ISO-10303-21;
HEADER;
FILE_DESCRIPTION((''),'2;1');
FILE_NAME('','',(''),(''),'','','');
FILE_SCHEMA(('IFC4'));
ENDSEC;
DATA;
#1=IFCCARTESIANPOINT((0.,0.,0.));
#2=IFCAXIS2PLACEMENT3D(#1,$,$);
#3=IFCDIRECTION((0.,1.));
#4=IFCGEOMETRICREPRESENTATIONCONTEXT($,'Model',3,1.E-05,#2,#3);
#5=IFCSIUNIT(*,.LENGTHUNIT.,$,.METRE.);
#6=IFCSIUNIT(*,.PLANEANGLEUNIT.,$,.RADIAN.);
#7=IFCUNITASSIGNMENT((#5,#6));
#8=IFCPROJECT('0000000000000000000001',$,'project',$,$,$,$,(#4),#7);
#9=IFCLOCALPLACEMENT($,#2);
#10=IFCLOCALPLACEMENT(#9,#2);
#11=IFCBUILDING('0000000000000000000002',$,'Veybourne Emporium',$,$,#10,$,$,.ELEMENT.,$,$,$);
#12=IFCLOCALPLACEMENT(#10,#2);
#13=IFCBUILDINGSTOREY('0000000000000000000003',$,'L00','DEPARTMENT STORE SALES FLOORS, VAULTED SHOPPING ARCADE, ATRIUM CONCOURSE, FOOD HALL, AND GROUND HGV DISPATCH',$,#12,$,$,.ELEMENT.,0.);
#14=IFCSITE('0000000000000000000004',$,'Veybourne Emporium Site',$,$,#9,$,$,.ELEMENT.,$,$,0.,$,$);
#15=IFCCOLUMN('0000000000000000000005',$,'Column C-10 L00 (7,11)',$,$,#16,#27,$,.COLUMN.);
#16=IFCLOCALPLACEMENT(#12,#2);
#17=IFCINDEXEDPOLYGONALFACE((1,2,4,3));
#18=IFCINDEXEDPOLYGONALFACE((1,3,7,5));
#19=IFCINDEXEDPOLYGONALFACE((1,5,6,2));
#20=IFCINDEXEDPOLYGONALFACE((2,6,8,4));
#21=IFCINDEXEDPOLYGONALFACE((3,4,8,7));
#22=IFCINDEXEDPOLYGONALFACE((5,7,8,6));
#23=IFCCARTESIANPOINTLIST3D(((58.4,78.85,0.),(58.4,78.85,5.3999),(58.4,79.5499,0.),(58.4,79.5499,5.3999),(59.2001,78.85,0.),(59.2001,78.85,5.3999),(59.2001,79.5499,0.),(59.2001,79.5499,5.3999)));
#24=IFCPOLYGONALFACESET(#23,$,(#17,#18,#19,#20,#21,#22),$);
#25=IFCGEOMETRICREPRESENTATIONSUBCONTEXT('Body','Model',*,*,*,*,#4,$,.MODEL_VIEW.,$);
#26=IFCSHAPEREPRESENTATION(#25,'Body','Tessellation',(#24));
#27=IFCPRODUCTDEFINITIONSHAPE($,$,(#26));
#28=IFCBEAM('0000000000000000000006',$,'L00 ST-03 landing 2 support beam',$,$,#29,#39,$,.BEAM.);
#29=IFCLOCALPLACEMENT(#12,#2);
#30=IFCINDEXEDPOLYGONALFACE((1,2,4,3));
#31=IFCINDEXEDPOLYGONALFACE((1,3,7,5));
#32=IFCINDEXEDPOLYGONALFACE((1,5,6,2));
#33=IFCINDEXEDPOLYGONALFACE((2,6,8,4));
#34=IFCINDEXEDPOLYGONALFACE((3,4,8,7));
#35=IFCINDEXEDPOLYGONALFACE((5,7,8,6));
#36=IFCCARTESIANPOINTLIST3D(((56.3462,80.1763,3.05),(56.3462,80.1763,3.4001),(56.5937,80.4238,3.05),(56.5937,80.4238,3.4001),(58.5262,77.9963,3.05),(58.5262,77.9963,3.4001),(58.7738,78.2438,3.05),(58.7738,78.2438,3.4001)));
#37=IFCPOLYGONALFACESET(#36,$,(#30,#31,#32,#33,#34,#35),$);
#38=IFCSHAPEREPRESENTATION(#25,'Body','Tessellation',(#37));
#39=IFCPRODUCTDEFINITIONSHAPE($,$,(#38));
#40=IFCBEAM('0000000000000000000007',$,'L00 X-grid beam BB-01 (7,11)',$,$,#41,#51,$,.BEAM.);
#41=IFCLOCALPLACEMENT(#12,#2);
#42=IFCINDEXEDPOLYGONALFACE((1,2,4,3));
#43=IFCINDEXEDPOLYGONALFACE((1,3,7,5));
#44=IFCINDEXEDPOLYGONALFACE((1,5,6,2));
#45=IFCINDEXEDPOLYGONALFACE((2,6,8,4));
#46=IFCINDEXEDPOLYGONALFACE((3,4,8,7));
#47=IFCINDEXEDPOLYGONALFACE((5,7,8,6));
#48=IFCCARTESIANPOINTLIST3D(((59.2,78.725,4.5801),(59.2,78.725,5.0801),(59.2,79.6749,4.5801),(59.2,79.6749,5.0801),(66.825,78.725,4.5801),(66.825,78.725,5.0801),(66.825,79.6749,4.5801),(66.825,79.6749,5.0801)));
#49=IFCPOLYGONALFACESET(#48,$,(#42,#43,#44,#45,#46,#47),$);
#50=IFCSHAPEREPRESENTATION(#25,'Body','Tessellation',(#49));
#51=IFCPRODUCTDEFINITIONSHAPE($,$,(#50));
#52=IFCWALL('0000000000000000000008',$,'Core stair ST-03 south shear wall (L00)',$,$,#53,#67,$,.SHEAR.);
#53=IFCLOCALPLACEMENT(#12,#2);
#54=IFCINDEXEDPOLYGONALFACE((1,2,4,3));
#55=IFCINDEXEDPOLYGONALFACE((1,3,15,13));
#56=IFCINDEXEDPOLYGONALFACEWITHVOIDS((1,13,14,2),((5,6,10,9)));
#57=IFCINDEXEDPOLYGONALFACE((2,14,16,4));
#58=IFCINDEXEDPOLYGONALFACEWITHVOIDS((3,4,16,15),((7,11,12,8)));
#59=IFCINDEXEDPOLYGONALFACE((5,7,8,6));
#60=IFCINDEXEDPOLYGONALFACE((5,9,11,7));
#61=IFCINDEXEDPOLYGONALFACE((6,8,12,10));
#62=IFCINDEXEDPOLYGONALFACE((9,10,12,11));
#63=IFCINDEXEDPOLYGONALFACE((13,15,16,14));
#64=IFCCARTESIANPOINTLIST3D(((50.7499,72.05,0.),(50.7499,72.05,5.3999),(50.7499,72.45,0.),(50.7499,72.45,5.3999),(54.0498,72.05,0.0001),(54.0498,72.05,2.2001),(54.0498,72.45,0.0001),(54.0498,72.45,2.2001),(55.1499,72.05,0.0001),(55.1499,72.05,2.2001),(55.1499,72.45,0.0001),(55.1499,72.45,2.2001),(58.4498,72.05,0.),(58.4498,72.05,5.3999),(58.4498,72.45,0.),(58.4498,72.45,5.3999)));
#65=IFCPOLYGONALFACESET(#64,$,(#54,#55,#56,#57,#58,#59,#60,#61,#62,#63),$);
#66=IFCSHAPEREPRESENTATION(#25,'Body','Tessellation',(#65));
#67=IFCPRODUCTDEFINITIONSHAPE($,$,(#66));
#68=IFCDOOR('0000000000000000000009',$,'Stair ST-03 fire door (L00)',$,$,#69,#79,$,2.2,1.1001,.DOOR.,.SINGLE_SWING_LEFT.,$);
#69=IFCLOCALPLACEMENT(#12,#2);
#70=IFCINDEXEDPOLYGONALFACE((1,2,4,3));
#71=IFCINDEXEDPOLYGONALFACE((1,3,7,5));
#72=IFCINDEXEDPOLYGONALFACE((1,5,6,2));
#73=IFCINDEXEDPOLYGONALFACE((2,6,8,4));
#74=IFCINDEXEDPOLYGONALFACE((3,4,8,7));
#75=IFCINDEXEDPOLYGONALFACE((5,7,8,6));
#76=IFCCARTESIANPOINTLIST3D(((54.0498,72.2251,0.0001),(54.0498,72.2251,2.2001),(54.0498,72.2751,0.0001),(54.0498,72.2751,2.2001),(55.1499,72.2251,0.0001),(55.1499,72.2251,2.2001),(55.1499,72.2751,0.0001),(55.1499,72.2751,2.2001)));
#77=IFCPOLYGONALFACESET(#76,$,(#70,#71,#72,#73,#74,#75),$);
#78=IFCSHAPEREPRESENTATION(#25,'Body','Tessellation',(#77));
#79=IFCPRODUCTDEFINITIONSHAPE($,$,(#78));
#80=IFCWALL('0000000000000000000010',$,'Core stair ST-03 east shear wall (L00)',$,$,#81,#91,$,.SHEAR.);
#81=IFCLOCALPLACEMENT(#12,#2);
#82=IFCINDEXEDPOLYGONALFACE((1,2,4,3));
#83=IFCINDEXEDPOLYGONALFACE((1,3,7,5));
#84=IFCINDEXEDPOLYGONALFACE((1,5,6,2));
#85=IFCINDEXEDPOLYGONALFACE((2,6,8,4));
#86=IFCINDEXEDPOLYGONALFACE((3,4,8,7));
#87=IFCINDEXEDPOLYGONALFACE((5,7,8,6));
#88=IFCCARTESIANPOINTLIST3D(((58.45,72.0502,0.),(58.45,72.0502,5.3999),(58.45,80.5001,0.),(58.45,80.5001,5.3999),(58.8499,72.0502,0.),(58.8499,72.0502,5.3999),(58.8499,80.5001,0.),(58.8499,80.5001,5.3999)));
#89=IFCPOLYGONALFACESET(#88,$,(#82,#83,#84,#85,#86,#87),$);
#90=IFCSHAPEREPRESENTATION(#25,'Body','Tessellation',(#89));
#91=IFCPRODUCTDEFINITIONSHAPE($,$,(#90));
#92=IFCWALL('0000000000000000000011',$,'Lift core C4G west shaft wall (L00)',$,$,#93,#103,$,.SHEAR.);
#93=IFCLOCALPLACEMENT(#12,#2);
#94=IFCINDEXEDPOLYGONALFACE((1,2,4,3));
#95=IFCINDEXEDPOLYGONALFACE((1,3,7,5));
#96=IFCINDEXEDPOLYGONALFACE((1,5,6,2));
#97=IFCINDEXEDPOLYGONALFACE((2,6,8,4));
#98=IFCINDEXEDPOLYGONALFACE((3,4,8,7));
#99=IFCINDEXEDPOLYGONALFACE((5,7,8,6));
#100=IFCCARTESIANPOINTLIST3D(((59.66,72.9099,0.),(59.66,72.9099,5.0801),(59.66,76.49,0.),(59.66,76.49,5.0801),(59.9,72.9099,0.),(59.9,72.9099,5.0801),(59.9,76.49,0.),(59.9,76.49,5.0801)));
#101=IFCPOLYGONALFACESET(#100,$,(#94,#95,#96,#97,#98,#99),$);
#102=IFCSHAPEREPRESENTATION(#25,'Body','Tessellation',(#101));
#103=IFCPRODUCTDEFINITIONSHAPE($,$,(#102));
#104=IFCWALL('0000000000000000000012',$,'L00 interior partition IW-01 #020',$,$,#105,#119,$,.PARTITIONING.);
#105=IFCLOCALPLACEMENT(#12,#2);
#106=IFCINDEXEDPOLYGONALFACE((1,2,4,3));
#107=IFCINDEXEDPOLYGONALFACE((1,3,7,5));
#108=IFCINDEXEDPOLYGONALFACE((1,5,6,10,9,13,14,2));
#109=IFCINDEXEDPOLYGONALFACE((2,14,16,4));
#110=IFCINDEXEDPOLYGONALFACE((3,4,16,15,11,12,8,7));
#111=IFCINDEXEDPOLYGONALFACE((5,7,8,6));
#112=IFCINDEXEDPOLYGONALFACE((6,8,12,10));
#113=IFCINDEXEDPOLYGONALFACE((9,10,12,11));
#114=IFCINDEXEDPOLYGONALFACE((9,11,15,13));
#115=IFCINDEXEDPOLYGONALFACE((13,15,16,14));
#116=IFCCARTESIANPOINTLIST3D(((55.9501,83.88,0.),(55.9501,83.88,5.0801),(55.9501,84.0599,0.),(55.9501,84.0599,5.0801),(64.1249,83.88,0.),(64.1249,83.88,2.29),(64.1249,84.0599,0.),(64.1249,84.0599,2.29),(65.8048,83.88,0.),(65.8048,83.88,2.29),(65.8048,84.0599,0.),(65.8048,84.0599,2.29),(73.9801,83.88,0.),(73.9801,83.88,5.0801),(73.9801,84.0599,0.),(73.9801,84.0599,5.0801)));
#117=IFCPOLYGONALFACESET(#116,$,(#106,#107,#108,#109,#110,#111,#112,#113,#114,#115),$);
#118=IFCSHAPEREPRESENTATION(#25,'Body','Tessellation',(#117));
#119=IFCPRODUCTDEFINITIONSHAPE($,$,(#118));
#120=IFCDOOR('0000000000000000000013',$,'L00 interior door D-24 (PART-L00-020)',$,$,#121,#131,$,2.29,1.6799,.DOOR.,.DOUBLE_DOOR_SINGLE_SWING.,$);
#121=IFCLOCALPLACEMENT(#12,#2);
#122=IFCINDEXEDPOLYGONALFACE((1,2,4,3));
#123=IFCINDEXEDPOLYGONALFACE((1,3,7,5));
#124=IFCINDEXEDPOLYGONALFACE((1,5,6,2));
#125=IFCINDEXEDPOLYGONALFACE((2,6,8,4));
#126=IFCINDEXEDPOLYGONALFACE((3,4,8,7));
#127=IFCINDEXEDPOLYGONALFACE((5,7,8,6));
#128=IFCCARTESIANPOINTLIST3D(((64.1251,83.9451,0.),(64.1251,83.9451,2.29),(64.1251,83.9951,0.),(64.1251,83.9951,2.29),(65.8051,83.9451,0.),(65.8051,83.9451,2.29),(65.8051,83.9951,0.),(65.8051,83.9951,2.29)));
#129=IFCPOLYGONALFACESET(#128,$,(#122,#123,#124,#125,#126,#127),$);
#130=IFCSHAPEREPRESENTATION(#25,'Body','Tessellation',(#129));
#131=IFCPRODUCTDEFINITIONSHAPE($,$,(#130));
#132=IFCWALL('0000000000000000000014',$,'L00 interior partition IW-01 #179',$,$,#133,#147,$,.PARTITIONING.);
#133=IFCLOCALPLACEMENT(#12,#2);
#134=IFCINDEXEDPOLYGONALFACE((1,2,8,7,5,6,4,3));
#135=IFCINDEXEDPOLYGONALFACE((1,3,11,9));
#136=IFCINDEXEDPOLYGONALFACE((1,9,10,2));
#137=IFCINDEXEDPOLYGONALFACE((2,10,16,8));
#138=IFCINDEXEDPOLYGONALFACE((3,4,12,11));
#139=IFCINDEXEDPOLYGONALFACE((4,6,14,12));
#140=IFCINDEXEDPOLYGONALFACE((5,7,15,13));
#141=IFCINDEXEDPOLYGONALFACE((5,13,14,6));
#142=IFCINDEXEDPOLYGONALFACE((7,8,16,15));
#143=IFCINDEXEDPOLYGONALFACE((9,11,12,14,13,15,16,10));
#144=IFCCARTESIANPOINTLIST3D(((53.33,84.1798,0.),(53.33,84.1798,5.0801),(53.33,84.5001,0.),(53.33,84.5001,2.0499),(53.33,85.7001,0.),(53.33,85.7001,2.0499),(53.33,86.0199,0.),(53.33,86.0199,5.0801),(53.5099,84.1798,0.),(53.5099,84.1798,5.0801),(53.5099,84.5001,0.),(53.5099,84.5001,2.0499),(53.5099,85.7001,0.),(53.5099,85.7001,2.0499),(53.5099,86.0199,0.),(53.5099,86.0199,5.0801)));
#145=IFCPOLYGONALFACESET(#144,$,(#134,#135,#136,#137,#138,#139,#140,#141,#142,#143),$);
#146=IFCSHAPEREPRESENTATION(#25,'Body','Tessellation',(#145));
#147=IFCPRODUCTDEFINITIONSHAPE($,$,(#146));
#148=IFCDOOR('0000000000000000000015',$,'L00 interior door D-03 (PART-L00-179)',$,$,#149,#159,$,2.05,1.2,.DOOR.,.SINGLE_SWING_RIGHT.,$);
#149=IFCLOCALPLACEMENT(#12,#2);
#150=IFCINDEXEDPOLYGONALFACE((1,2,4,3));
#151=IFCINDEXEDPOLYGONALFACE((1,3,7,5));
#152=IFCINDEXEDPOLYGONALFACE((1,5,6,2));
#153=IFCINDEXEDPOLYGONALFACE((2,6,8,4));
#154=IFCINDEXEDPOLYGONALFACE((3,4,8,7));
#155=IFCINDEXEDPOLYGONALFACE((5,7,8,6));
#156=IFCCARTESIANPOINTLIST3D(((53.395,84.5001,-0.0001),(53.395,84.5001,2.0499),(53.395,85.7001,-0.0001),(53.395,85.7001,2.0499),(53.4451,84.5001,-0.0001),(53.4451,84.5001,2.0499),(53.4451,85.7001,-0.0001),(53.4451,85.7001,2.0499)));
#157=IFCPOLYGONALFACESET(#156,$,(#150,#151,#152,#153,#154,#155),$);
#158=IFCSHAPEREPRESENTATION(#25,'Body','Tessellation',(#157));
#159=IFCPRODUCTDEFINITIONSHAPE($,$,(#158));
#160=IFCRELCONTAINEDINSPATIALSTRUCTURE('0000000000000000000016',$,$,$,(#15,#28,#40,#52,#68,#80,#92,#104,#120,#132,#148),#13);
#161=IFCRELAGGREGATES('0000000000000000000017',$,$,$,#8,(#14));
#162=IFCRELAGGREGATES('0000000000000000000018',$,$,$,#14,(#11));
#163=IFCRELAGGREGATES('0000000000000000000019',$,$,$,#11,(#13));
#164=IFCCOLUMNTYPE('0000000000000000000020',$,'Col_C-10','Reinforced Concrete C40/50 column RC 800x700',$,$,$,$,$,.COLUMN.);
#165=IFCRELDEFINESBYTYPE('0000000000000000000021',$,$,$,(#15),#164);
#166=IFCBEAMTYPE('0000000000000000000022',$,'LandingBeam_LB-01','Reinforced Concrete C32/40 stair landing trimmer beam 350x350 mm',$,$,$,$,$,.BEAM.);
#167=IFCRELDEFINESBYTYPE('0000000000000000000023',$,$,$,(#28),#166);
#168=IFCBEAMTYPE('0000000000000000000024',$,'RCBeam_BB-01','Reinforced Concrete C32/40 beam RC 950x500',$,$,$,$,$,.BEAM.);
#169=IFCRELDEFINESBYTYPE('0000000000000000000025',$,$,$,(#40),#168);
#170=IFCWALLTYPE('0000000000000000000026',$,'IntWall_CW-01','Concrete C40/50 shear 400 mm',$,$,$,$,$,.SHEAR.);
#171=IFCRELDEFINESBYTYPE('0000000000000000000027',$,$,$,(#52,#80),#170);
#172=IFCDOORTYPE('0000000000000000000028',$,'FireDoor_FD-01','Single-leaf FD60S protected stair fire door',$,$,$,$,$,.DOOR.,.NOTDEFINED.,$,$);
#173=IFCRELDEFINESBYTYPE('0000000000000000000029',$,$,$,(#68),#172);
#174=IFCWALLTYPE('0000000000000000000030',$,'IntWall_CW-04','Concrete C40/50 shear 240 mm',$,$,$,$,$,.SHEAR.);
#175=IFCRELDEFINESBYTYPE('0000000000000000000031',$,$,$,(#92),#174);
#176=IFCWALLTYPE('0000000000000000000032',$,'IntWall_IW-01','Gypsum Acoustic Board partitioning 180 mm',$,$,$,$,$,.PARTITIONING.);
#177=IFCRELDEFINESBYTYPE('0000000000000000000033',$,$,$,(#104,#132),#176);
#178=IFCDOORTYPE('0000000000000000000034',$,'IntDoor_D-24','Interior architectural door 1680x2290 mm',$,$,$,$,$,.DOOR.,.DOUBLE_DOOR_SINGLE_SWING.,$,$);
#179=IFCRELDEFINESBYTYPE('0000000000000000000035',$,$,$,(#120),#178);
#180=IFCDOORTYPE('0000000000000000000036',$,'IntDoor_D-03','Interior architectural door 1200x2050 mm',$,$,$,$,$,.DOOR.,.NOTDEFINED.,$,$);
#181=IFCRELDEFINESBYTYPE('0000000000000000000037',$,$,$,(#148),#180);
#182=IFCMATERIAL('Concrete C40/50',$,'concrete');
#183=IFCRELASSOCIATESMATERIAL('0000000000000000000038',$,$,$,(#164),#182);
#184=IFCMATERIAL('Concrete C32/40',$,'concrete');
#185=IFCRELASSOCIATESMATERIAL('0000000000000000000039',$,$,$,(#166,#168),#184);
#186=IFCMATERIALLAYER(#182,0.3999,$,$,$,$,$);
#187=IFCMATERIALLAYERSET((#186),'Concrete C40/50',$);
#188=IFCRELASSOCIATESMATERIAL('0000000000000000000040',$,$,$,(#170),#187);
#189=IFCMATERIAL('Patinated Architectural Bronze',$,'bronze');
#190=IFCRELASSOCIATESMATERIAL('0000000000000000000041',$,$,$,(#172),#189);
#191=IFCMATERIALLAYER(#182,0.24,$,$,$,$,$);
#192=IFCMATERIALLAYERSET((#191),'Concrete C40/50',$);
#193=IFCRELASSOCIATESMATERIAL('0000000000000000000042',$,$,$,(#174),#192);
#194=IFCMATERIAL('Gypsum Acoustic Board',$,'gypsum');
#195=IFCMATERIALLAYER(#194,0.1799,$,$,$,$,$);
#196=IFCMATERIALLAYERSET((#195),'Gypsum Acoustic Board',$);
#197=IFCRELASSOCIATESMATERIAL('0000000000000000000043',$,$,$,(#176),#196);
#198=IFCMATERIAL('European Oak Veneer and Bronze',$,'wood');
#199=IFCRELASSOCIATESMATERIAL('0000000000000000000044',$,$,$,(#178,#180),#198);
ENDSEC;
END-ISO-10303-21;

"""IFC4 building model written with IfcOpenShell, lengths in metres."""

from ifc_helpers import new_model, si_unit, direction, frame, frame_2d, origin, origin_2d, place, context, subcontext, project, spatial, rectangle, extrude, material, layer, layer_set, material_profile, profile_set, type_object, element, fill, save


model = new_model("IFC4")

# Units and contexts
model_context = context("Model", 3, precision=1e-05, world=origin(), true_north=direction((0.0, 1.0)))
body_context = subcontext(model_context, "Body", "Model", "MODEL_VIEW")
ifc_project = project(units=[si_unit("LENGTHUNIT", "METRE"), si_unit("PLANEANGLEUNIT", "RADIAN")], contexts=[model_context])

# Site, building, storey
site_placement = place(None, origin())
site = spatial("IfcSite", under=ifc_project, at=site_placement, Name="Veybourne Emporium Site", CompositionType="ELEMENT", RefElevation=0.0)
building_placement = place(site_placement, origin())
building = spatial("IfcBuilding", under=site, at=building_placement, Name="Veybourne Emporium", CompositionType="ELEMENT")
storey_placement = place(building_placement, origin())
storey = spatial("IfcBuildingStorey", under=building, at=storey_placement, Name="L00", Description="DEPARTMENT STORE SALES FLOORS, VAULTED SHOPPING ARCADE, ATRIUM CONCOURSE, FOOD HALL, AND GROUND HGV DISPATCH", CompositionType="ELEMENT", Elevation=0.0)

# Column
ifc_material_1 = material(Name="Concrete C40/50", Category="concrete")
ifc_material_profile_1 = material_profile(ifc_material_1, rectangle(XDim=0.8, YDim=0.7, at=origin_2d()), Name="RC 800x700")
ifc_profile_set_1 = profile_set([ifc_material_profile_1], Name="Concrete C40/50")
column_type = type_object("IfcColumnType", Name="Col_C-10", Description="Reinforced Concrete C40/50 column RC 800x700", PredefinedType="COLUMN", material=ifc_profile_set_1)
column_placement = place(storey_placement, frame((58.8, 79.2, 0.0), z_axis=(0.0, 0.0, 1.0), x_axis=(1.0, 0.0, 0.0)))
element("IfcColumn", 1, at=column_placement, inside=storey, type_object=column_type, Name="Column C-10 L00 (7,11)", PredefinedType="COLUMN", context=body_context, shape_type="SweptSolid", body=[
    extrude(rectangle(XDim=0.8, YDim=0.7, at=origin_2d()), origin(), (0.0, 0.0, 1.0), 5.3999),
])

# Beams
ifc_material_2 = material(Name="Concrete C32/40", Category="concrete")
ifc_material_profile_2 = material_profile(ifc_material_2, rectangle(XDim=0.3501, YDim=0.3501, at=origin_2d()), Name="RC 350x350")
ifc_profile_set_2 = profile_set([ifc_material_profile_2], Name="Concrete C32/40")
beam_type_1 = type_object("IfcBeamType", Name="LandingBeam_LB-01", Description="Reinforced Concrete C32/40 stair landing trimmer beam 350x350 mm", PredefinedType="BEAM", material=ifc_profile_set_2)
beam_1_placement = place(storey_placement, frame((56.47, 80.3, 3.2251), z_axis=(0.707107, -0.707107, 0.0), x_axis=(0.707107, 0.707107, 0.0)))
element("IfcBeam", 2, at=beam_1_placement, inside=storey, type_object=beam_type_1, Name="L00 ST-03 landing 2 support beam", PredefinedType="BEAM", context=body_context, shape_type="SweptSolid", body=[
    extrude(rectangle(XDim=0.3501, YDim=0.3501, at=origin_2d()), origin(), (0.0, 0.0, 1.0), 3.083),
])
ifc_material_profile_3 = material_profile(ifc_material_2, rectangle(XDim=0.95, YDim=0.5, at=origin_2d()), Name="RC 950x500")
ifc_profile_set_3 = profile_set([ifc_material_profile_3], Name="Concrete C32/40")
beam_type_2 = type_object("IfcBeamType", Name="RCBeam_BB-01", Description="Reinforced Concrete C32/40 beam RC 950x500", PredefinedType="BEAM", material=ifc_profile_set_3)
beam_2_placement = place(storey_placement, frame((59.2, 79.2, 4.8301), z_axis=(1.0, 0.0, 0.0), x_axis=(0.0, 1.0, 0.0)))
element("IfcBeam", 3, at=beam_2_placement, inside=storey, type_object=beam_type_2, Name="L00 X-grid beam BB-01 (7,11)", PredefinedType="BEAM", context=body_context, shape_type="SweptSolid", body=[
    extrude(rectangle(XDim=0.95, YDim=0.5, at=origin_2d()), origin(), (0.0, 0.0, 1.0), 7.625),
])

# Wall, opening, door
ifc_layer_1 = layer(ifc_material_1, 0.3999)
ifc_layer_set_1 = layer_set([ifc_layer_1], Name="Concrete C40/50")
wall_type_1 = type_object("IfcWallType", Name="IntWall_CW-01", Description="Concrete C40/50 shear 400 mm", PredefinedType="SHEAR", material=ifc_layer_set_1)
wall_1_placement = place(storey_placement, frame((58.45, 72.25, 0.0), z_axis=(0.0, 0.0, 1.0), x_axis=(-1.0, 0.0, 0.0)))
wall_1 = element("IfcWall", 4, at=wall_1_placement, inside=storey, type_object=wall_type_1, Name="Core stair ST-03 south shear wall (L00)", PredefinedType="SHEAR", context=body_context, shape_type="SweptSolid", body=[
    extrude(rectangle(XDim=7.7, YDim=0.3999, at=frame_2d((3.8501, 0.0))), origin(), (0.0, 0.0, 1.0), 5.3999),
])
opening_1_placement = place(wall_1_placement, frame((3.3, 0.0, 0.0)))
opening_1 = element("IfcOpeningElement", 5, at=opening_1_placement, cuts=wall_1, PredefinedType="OPENING", context=body_context, shape_type="SweptSolid", body=[
    extrude(rectangle(XDim=1.1001, YDim=2.2, at=frame_2d((0.55, 1.1001))), frame((0.0, 0.22, 0.0), z_axis=(0.0, -1.0, 0.0), x_axis=(1.0, 0.0, 0.0)), (0.0, 0.0, 1.0), 0.4399),
])
ifc_material_3 = material(Name="Patinated Architectural Bronze", Category="bronze")
door_type_1 = type_object("IfcDoorType", Name="FireDoor_FD-01", Description="Single-leaf FD60S protected stair fire door", OperationType="NOTDEFINED", PredefinedType="DOOR", material=ifc_material_3)
door_1_placement = place(opening_1_placement, origin())
door_1 = element("IfcDoor", 6, at=door_1_placement, inside=storey, type_object=door_type_1, Name="Stair ST-03 fire door (L00)", OperationType="SINGLE_SWING_LEFT", OverallHeight=2.2, OverallWidth=1.1001, PredefinedType="DOOR", context=body_context, shape_type="SweptSolid", body=[
    extrude(rectangle(XDim=1.1001, YDim=2.2, at=frame_2d((0.55, 1.1001))), frame((0.0, 0.0249, 0.0), z_axis=(0.0, -1.0, 0.0), x_axis=(1.0, 0.0, 0.0)), (0.0, 0.0, 1.0), 0.05),
])
fill(opening_1, door_1)

# Walls
wall_2_placement = place(storey_placement, frame((58.6499, 72.05, 0.0), z_axis=(0.0, 0.0, 1.0), x_axis=(0.0, 1.0, 0.0)))
element("IfcWall", 7, at=wall_2_placement, inside=storey, type_object=wall_type_1, Name="Core stair ST-03 east shear wall (L00)", PredefinedType="SHEAR", context=body_context, shape_type="SweptSolid", body=[
    extrude(rectangle(XDim=8.45, YDim=0.3999, at=frame_2d((4.2251, 0.0))), origin(), (0.0, 0.0, 1.0), 5.3999),
])
ifc_layer_2 = layer(ifc_material_1, 0.24)
ifc_layer_set_2 = layer_set([ifc_layer_2], Name="Concrete C40/50")
wall_type_2 = type_object("IfcWallType", Name="IntWall_CW-04", Description="Concrete C40/50 shear 240 mm", PredefinedType="SHEAR", material=ifc_layer_set_2)
wall_3_placement = place(storey_placement, frame((59.78, 76.49, 0.0), z_axis=(0.0, 0.0, 1.0), x_axis=(0.0, -1.0, 0.0)))
element("IfcWall", 8, at=wall_3_placement, inside=storey, type_object=wall_type_2, Name="Lift core C4G west shaft wall (L00)", PredefinedType="SHEAR", context=body_context, shape_type="SweptSolid", body=[
    extrude(rectangle(XDim=3.5801, YDim=0.24, at=frame_2d((1.79, 0.0))), origin(), (0.0, 0.0, 1.0), 5.0801),
])

# Walls, openings, doors
ifc_material_4 = material(Name="Gypsum Acoustic Board", Category="gypsum")
ifc_layer_3 = layer(ifc_material_4, 0.1799)
ifc_layer_set_3 = layer_set([ifc_layer_3], Name="Gypsum Acoustic Board")
wall_type_3 = type_object("IfcWallType", Name="IntWall_IW-01", Description="Gypsum Acoustic Board partitioning 180 mm", PredefinedType="PARTITIONING", material=ifc_layer_set_3)
wall_4_placement = place(storey_placement, frame((55.95, 83.97, 0.0), z_axis=(0.0, 0.0, 1.0), x_axis=(1.0, 0.0, 0.0)))
wall_4 = element("IfcWall", 9, at=wall_4_placement, inside=storey, type_object=wall_type_3, Name="L00 interior partition IW-01 #020", PredefinedType="PARTITIONING", context=body_context, shape_type="SweptSolid", body=[
    extrude(rectangle(XDim=18.03, YDim=0.1799, at=frame_2d((9.0151, 0.0))), origin(), (0.0, 0.0, 1.0), 5.0801),
])
opening_2_placement = place(wall_4_placement, frame((8.175, 0.0, 0.0)))
opening_2 = element("IfcOpeningElement", 10, at=opening_2_placement, cuts=wall_4, PredefinedType="OPENING", context=body_context, shape_type="SweptSolid", body=[
    extrude(rectangle(XDim=1.6799, YDim=2.29, at=frame_2d((0.8398, 1.145))), frame((0.0, 0.1099, 0.0), z_axis=(0.0, -1.0, 0.0), x_axis=(1.0, 0.0, 0.0)), (0.0, 0.0, 1.0), 0.22),
])
ifc_material_5 = material(Name="European Oak Veneer and Bronze", Category="wood")
door_type_2 = type_object("IfcDoorType", Name="IntDoor_D-24", Description="Interior architectural door 1680x2290 mm", OperationType="DOUBLE_DOOR_SINGLE_SWING", PredefinedType="DOOR", material=ifc_material_5)
door_2_placement = place(opening_2_placement, frame((1.6799, 0.0, 0.0), z_axis=(0.0, 0.0, 1.0), x_axis=(-1.0, 0.0, 0.0)))
door_2 = element("IfcDoor", 11, at=door_2_placement, inside=storey, type_object=door_type_2, Name="L00 interior door D-24 (PART-L00-020)", OperationType="DOUBLE_DOOR_SINGLE_SWING", OverallHeight=2.29, OverallWidth=1.6799, PredefinedType="DOOR", context=body_context, shape_type="SweptSolid", body=[
    extrude(rectangle(XDim=1.6799, YDim=2.29, at=frame_2d((0.8398, 1.145))), frame((0.0, 0.0249, 0.0), z_axis=(0.0, -1.0, 0.0), x_axis=(1.0, 0.0, 0.0)), (0.0, 0.0, 1.0), 0.05),
])
fill(opening_2, door_2)
wall_5_placement = place(storey_placement, frame((53.4199, 84.1799, 0.0), z_axis=(0.0, 0.0, 1.0), x_axis=(0.0, 1.0, 0.0)))
wall_5 = element("IfcWall", 12, at=wall_5_placement, inside=storey, type_object=wall_type_3, Name="L00 interior partition IW-01 #179", PredefinedType="PARTITIONING", context=body_context, shape_type="SweptSolid", body=[
    extrude(rectangle(XDim=1.8401, YDim=0.1799, at=frame_2d((0.9199, 0.0))), origin(), (0.0, 0.0, 1.0), 5.0801),
])
opening_3_placement = place(wall_5_placement, frame((0.3201, 0.0, 0.0)))
opening_3 = element("IfcOpeningElement", 13, at=opening_3_placement, cuts=wall_5, PredefinedType="OPENING", context=body_context, shape_type="SweptSolid", body=[
    extrude(rectangle(XDim=1.2, YDim=2.05, at=frame_2d((0.6001, 1.0249))), frame((0.0, 0.1099, 0.0), z_axis=(0.0, -1.0, 0.0), x_axis=(1.0, 0.0, 0.0)), (0.0, 0.0, 1.0), 0.22),
])
door_type_3 = type_object("IfcDoorType", Name="IntDoor_D-03", Description="Interior architectural door 1200x2050 mm", OperationType="NOTDEFINED", PredefinedType="DOOR", material=ifc_material_5)
door_3_placement = place(opening_3_placement, origin())
door_3 = element("IfcDoor", 14, at=door_3_placement, inside=storey, type_object=door_type_3, Name="L00 interior door D-03 (PART-L00-179)", OperationType="SINGLE_SWING_RIGHT", OverallHeight=2.05, OverallWidth=1.2, PredefinedType="DOOR", context=body_context, shape_type="SweptSolid", body=[
    extrude(rectangle(XDim=1.2, YDim=2.05, at=frame_2d((0.6001, 1.0249))), frame((0.0, 0.0249, 0.0), z_axis=(0.0, -1.0, 0.0), x_axis=(1.0, 0.0, 0.0)), (0.0, 0.0, 1.0), 0.05),
])
fill(opening_3, door_3)

save(model, "model.ifc")
